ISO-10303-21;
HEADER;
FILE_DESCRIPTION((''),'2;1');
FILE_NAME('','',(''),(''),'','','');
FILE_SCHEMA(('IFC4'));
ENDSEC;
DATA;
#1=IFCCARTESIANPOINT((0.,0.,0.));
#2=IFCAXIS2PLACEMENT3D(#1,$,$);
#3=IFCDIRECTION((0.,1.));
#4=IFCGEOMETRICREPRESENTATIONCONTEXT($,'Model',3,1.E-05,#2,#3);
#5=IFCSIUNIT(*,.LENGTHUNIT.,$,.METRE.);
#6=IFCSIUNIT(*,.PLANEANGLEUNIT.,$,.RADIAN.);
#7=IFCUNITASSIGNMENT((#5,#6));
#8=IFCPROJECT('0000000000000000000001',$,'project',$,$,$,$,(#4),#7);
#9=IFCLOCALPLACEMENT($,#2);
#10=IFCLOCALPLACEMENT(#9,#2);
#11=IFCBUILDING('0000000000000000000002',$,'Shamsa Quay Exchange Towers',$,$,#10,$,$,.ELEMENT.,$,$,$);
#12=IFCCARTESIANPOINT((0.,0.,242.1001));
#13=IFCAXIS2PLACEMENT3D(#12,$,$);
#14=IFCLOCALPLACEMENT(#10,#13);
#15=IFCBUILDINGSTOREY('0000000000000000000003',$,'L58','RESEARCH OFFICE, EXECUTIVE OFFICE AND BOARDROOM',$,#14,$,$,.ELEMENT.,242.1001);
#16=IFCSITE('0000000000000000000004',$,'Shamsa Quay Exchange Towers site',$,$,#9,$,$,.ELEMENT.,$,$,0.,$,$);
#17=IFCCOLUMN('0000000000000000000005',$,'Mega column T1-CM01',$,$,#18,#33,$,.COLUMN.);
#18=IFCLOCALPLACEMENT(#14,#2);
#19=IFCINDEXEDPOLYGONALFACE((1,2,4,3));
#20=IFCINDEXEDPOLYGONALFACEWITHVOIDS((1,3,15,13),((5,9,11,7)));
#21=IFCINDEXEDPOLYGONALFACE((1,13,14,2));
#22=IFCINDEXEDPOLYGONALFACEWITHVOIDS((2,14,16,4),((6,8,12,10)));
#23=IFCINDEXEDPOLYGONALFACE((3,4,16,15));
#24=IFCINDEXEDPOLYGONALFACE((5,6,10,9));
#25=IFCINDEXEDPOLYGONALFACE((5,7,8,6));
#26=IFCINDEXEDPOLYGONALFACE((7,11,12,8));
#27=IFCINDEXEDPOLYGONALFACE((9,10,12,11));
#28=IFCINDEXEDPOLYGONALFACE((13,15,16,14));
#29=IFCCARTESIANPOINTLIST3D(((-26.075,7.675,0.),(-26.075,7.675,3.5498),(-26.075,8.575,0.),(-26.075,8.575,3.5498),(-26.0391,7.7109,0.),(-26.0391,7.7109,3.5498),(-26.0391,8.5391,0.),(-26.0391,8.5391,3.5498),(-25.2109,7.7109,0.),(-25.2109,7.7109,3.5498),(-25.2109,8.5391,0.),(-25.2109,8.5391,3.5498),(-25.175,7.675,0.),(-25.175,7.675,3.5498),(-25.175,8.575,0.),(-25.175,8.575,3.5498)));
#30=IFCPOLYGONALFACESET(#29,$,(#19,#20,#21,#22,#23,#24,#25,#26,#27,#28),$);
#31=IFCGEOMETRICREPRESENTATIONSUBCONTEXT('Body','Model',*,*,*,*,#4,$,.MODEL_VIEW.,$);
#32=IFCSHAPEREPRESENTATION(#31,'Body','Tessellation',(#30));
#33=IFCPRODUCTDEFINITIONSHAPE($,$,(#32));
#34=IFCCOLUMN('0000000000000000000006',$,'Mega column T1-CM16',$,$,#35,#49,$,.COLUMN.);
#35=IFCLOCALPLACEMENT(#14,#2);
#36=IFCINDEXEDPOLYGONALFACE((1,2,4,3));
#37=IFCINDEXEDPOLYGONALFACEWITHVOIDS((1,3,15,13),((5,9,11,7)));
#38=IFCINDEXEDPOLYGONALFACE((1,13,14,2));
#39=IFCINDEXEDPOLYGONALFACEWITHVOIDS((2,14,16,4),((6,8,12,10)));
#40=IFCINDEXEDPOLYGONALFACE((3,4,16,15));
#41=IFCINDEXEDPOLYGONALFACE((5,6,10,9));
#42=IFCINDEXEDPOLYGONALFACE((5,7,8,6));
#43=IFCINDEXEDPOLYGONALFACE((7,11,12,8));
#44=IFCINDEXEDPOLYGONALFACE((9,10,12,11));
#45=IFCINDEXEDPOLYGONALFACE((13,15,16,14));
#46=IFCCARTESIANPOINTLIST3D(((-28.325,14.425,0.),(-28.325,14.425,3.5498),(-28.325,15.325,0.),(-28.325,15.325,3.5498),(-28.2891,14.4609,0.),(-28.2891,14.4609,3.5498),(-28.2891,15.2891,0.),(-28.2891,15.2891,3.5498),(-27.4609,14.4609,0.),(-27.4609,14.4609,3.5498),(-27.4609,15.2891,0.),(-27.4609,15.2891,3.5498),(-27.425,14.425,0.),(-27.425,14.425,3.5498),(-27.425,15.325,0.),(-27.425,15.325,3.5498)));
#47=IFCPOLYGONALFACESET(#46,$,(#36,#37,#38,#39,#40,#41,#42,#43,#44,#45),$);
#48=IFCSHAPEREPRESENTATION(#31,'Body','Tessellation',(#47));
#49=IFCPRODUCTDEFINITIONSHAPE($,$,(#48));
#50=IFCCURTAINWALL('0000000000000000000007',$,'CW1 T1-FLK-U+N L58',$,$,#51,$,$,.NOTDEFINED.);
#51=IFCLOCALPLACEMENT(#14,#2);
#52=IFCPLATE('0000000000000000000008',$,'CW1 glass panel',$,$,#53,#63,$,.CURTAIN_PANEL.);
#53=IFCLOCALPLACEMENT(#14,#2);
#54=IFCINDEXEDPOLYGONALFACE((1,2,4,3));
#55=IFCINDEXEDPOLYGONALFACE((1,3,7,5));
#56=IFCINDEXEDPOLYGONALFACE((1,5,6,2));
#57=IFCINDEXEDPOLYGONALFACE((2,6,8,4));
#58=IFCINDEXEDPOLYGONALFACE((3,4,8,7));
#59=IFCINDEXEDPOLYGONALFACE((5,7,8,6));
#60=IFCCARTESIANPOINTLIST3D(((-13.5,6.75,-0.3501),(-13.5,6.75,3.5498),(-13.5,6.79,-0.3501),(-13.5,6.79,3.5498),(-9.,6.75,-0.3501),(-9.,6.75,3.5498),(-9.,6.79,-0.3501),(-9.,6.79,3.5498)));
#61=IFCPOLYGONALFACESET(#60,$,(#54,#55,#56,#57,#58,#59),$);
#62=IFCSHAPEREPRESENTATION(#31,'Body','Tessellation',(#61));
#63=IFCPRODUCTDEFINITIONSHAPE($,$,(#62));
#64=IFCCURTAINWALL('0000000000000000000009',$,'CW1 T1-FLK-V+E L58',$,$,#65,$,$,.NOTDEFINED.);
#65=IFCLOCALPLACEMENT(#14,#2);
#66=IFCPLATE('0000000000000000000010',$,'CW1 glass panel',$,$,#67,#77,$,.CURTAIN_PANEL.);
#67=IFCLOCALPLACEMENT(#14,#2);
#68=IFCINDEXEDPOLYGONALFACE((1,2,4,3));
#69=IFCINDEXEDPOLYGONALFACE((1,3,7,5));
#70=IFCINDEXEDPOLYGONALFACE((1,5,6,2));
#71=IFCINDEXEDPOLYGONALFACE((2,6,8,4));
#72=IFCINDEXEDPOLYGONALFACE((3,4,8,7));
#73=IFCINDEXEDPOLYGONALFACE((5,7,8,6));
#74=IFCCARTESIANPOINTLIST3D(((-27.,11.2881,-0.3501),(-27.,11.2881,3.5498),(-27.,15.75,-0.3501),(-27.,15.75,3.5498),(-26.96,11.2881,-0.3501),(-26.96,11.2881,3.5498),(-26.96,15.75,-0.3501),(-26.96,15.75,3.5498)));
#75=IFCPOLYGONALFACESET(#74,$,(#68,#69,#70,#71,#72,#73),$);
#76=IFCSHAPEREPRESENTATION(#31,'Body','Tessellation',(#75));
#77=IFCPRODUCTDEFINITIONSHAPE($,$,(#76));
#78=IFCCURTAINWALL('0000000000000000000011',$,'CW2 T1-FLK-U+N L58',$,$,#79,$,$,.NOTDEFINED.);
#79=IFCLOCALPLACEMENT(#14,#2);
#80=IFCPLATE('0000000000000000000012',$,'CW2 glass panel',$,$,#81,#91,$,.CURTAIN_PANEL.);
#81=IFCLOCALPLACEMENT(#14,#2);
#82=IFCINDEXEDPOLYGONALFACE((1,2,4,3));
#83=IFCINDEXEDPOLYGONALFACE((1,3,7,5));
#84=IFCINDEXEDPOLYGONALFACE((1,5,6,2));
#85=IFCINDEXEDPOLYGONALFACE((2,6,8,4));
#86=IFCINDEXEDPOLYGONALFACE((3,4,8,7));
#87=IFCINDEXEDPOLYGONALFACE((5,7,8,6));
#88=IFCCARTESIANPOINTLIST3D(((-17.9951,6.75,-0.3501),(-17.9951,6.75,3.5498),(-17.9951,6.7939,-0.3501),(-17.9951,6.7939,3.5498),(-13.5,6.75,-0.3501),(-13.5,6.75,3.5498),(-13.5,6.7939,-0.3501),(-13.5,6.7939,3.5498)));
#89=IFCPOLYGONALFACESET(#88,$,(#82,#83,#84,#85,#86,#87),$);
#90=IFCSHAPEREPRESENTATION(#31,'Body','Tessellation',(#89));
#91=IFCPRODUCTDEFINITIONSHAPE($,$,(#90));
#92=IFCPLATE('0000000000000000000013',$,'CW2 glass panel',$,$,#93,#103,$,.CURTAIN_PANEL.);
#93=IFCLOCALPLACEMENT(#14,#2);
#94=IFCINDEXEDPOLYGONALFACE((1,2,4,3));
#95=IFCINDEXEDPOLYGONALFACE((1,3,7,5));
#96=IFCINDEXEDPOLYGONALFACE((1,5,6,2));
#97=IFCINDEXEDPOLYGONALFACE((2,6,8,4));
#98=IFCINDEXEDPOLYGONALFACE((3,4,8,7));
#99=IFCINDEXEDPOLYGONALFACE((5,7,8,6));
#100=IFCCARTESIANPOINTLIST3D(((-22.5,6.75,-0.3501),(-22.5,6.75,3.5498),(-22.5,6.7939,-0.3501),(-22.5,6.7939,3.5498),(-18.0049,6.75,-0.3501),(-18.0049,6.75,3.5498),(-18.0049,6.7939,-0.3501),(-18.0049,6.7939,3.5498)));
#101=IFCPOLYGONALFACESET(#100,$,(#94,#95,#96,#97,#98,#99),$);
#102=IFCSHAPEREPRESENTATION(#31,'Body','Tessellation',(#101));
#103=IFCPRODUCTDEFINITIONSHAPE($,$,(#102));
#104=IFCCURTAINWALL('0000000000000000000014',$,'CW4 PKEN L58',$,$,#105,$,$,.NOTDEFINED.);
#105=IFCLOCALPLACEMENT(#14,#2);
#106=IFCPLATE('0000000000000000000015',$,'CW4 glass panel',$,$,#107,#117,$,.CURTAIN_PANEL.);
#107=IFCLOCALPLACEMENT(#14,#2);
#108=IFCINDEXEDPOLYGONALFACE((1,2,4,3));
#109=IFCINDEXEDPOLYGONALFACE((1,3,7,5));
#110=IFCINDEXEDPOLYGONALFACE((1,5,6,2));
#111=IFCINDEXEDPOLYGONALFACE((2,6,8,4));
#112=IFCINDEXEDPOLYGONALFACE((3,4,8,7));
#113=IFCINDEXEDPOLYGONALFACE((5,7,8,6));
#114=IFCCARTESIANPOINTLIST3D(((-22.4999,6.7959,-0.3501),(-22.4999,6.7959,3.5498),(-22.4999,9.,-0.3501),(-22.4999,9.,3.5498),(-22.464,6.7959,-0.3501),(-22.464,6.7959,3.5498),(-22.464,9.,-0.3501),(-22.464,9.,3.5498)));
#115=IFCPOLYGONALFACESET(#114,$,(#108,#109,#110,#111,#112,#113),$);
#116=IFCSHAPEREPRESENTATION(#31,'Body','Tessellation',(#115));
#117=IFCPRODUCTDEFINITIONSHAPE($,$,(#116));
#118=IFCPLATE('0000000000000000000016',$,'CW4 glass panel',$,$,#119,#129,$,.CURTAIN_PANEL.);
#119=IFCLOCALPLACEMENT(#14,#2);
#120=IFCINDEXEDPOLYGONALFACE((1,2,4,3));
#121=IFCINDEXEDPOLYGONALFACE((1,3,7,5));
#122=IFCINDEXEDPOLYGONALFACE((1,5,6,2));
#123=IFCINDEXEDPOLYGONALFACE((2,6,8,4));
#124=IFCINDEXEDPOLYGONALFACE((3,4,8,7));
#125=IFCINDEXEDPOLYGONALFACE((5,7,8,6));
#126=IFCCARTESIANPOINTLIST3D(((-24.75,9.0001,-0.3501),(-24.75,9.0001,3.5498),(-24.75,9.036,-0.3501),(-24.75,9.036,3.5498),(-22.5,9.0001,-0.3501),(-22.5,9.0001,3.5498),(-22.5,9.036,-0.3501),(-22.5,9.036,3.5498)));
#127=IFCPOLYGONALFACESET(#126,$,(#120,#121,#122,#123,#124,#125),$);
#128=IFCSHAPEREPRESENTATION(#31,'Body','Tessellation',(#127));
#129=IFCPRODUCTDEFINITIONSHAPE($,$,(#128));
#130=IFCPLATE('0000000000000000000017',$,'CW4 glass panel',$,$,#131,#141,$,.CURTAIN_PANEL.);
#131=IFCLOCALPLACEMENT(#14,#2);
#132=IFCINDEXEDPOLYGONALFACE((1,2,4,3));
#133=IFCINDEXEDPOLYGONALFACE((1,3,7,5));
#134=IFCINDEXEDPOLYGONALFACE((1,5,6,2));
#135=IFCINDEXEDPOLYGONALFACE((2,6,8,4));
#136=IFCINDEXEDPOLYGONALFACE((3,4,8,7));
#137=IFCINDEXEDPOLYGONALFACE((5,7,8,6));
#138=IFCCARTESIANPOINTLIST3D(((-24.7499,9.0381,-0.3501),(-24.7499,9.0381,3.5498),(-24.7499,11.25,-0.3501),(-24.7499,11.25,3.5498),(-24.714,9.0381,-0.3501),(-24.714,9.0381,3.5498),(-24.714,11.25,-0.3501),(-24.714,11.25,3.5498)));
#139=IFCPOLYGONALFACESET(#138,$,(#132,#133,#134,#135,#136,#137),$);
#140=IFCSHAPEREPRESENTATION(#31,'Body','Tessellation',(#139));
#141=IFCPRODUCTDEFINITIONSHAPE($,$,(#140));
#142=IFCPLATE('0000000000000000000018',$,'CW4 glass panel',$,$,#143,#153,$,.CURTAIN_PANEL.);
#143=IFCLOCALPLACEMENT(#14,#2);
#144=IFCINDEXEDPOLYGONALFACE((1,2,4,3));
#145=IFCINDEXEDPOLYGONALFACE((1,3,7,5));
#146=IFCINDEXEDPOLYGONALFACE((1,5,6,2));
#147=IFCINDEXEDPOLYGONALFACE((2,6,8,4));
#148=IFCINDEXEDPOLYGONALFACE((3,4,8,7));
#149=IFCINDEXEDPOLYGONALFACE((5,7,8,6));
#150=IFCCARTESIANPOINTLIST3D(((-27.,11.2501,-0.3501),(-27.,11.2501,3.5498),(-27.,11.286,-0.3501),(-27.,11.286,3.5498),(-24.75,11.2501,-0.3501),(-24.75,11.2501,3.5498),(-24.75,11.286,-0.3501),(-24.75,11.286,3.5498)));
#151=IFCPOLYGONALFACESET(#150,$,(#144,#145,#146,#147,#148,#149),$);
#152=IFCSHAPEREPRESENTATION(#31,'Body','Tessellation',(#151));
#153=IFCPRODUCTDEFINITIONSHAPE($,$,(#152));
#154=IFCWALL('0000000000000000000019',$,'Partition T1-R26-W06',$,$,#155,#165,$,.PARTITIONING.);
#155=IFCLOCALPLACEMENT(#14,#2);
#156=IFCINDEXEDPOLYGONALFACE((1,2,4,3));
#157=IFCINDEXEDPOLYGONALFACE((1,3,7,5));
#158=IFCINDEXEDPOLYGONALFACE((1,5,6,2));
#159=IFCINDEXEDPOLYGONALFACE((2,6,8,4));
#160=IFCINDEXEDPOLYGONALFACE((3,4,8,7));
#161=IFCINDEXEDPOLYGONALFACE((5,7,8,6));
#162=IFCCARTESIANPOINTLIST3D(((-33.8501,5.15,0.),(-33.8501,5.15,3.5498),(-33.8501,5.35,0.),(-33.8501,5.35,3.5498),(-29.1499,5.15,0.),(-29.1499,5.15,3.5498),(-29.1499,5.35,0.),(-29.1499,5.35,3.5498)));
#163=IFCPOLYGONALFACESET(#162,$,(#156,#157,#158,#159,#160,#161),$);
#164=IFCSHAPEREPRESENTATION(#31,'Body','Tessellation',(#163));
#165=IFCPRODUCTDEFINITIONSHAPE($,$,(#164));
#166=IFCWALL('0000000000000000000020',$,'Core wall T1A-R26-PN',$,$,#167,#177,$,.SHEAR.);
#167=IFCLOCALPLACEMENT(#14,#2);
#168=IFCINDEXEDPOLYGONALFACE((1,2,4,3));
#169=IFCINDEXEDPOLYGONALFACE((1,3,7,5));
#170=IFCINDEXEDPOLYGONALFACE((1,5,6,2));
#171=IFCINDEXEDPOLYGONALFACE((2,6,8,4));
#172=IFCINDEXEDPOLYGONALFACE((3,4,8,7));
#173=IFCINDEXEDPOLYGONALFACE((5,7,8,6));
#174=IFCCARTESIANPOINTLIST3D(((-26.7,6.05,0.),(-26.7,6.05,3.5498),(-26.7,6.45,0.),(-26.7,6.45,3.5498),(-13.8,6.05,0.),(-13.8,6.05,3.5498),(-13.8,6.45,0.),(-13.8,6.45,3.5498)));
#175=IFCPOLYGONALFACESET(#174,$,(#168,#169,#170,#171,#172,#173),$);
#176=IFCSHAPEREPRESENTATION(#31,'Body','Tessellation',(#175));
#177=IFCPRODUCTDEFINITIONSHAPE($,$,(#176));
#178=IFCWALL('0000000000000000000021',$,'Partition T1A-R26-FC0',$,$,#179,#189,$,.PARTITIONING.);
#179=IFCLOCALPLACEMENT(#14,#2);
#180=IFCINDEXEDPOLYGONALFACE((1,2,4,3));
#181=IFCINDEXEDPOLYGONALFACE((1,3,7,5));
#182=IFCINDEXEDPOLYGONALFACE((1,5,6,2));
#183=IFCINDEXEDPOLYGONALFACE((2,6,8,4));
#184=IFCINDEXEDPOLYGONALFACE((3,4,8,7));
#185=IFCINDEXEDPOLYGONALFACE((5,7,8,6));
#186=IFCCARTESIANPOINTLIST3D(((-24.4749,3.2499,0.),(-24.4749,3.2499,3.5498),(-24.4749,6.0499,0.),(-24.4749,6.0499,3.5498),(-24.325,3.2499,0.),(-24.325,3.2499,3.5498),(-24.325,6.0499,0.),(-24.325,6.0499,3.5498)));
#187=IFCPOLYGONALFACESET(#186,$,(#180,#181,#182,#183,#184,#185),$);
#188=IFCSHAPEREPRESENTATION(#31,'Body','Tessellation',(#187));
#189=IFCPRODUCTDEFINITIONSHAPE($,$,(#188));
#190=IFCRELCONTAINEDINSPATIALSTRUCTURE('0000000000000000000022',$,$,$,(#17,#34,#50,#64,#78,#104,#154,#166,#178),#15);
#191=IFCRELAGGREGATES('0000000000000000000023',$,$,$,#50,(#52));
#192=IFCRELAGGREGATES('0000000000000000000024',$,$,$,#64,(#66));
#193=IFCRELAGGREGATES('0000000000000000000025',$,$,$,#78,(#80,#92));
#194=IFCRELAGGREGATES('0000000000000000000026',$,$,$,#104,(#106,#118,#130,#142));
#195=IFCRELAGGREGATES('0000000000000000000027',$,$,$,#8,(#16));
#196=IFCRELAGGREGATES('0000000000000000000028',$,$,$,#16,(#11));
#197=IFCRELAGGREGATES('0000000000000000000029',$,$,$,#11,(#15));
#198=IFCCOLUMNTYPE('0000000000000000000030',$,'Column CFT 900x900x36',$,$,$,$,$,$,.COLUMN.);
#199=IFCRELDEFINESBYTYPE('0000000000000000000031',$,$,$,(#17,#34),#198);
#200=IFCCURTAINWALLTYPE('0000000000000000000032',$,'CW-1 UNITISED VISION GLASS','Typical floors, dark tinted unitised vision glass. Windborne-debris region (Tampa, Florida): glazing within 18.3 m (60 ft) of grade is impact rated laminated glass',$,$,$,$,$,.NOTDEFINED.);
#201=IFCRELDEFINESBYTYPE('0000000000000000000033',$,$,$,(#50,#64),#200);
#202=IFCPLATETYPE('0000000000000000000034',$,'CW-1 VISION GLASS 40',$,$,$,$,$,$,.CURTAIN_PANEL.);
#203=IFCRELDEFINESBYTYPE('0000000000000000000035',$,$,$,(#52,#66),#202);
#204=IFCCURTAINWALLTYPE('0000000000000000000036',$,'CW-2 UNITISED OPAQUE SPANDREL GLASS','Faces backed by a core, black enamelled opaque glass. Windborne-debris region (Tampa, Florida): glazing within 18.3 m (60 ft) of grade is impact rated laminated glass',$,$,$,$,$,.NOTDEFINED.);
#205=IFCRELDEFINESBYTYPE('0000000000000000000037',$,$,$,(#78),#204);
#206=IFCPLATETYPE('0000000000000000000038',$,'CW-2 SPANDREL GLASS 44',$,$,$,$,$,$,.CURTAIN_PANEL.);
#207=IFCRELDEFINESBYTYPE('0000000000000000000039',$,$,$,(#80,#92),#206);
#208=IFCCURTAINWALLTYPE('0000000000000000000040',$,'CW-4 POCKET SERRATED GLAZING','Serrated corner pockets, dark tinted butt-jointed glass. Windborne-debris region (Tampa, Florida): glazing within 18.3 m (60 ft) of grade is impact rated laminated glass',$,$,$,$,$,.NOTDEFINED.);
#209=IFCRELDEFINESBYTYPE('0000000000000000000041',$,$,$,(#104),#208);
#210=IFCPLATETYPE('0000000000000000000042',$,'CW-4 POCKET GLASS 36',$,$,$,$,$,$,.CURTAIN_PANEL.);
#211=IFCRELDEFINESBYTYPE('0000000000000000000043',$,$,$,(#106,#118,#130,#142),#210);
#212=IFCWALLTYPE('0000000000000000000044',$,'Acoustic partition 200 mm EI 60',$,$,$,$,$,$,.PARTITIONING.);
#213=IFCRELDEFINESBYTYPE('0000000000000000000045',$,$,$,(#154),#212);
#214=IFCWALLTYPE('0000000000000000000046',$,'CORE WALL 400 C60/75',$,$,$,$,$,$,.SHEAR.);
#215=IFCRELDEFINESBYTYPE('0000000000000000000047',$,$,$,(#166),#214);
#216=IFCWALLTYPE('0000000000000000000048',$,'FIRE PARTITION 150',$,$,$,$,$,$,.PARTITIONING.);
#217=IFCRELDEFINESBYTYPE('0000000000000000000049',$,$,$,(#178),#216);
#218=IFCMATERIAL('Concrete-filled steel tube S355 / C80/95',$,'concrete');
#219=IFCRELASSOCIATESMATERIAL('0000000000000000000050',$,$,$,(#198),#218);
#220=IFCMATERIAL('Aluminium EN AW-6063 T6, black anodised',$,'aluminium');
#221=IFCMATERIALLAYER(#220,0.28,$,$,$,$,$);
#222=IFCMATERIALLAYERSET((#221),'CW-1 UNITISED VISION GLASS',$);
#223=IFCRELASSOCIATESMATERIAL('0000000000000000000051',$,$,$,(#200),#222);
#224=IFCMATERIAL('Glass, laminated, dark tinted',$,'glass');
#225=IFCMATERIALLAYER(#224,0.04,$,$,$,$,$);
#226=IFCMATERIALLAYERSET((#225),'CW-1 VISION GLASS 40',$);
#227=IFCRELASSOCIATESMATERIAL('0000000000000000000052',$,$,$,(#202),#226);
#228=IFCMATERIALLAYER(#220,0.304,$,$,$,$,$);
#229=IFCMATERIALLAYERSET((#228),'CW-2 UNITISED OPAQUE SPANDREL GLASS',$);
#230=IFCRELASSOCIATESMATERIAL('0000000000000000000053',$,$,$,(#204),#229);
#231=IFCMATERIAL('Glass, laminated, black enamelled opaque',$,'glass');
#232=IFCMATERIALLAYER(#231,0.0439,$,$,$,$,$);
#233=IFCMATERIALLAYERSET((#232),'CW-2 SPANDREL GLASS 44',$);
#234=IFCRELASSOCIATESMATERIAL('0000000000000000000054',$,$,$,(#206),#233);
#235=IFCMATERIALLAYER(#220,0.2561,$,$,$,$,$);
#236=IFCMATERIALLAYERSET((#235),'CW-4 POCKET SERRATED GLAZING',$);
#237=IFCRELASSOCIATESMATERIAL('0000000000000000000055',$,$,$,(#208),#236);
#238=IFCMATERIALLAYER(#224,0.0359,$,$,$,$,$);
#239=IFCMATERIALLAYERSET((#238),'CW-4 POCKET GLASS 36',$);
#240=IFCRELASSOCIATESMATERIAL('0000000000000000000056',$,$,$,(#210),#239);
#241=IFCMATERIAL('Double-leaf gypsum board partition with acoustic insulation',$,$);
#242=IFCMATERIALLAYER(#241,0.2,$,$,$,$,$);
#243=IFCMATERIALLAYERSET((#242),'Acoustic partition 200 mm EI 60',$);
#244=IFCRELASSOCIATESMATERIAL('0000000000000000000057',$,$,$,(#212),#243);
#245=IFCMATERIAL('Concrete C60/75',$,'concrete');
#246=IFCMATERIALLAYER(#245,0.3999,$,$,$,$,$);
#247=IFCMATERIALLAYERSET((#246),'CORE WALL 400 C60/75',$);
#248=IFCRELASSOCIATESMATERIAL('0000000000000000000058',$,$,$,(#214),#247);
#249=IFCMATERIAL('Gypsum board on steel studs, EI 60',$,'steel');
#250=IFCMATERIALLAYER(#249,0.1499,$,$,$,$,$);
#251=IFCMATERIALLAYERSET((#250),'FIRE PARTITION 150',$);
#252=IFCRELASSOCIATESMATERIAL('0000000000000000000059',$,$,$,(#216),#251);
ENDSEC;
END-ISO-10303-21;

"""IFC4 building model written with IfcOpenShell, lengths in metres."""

from ifc_helpers import new_model, si_unit, direction, frame, frame_2d, origin, origin_2d, place, context, subcontext, project, spatial, rectangle, hollow_rectangle, extrude, material, layer, layer_set, material_profile, profile_set, type_object, element, aggregate, save


model = new_model("IFC4")

# Units and contexts
model_context = context("Model", 3, precision=1e-05, world=origin(), true_north=direction((0.0, 1.0)))
body_context = subcontext(model_context, "Body", "Model", "MODEL_VIEW")
ifc_project = project(units=[si_unit("LENGTHUNIT", "METRE"), si_unit("PLANEANGLEUNIT", "RADIAN")], contexts=[model_context])

# Site, building, storey
site_placement = place(None, origin())
site = spatial("IfcSite", under=ifc_project, at=site_placement, Name="Shamsa Quay Exchange Towers site", CompositionType="ELEMENT", RefElevation=0.0)
building_placement = place(site_placement, origin())
building = spatial("IfcBuilding", under=site, at=building_placement, Name="Shamsa Quay Exchange Towers", CompositionType="ELEMENT")
storey_placement = place(building_placement, frame((0.0, 0.0, 242.1001)))
storey = spatial("IfcBuildingStorey", under=building, at=storey_placement, Name="L58", Description="RESEARCH OFFICE, EXECUTIVE OFFICE AND BOARDROOM", CompositionType="ELEMENT", Elevation=242.1001)

# Columns
ifc_material_1 = material(Name="Concrete-filled steel tube S355 / C80/95", Category="concrete")
ifc_material_profile = material_profile(ifc_material_1, hollow_rectangle(XDim=0.8999, YDim=0.8999, WallThickness=0.0359, at=origin_2d()), Name="CFT 900x900x36")
ifc_profile_set = profile_set([ifc_material_profile], Name="Concrete-filled steel tube S355 / C80/95")
column_type = type_object("IfcColumnType", Name="Column CFT 900x900x36", PredefinedType="COLUMN", material=ifc_profile_set)
for number, where, name in (
    (1, (-25.625, 8.125, 0.0), "Mega column T1-CM01"),
    (2, (-27.875, 14.875, 0.0), "Mega column T1-CM16"),
):
    element("IfcColumn", number, at=place(storey_placement, frame(where)), inside=storey, type_object=column_type, Name=name, PredefinedType="COLUMN", context=body_context, shape_type="SweptSolid", body=[
        extrude(hollow_rectangle(XDim=0.8999, YDim=0.8999, WallThickness=0.0359, at=origin_2d()), origin(), (0.0, 0.0, 1.0), 3.5498),
    ])

# Curtain walls, plates
ifc_material_2 = material(Name="Aluminium EN AW-6063 T6, black anodised", Category="aluminium")
ifc_layer_1 = layer(ifc_material_2, 0.28)
ifc_layer_set_1 = layer_set([ifc_layer_1], Name="CW-1 UNITISED VISION GLASS")
curtain_wall_type_1 = type_object("IfcCurtainWallType", Name="CW-1 UNITISED VISION GLASS", Description="Typical floors, dark tinted unitised vision glass. Windborne-debris region (Tampa, Florida): glazing within 18.3 m (60 ft) of grade is impact rated laminated glass", PredefinedType="NOTDEFINED", material=ifc_layer_set_1)
curtain_wall_1_placement = place(storey_placement, origin())
curtain_wall_1 = element("IfcCurtainWall", 3, at=curtain_wall_1_placement, inside=storey, type_object=curtain_wall_type_1, Name="CW1 T1-FLK-U+N L58", PredefinedType="NOTDEFINED")
ifc_material_3 = material(Name="Glass, laminated, dark tinted", Category="glass")
ifc_layer_2 = layer(ifc_material_3, 0.04)
ifc_layer_set_2 = layer_set([ifc_layer_2], Name="CW-1 VISION GLASS 40")
plate_type_1 = type_object("IfcPlateType", Name="CW-1 VISION GLASS 40", PredefinedType="CURTAIN_PANEL", material=ifc_layer_set_2)
plate_1_placement = place(storey_placement, frame((-11.25, 6.77, -0.3501), z_axis=(0.0, 0.0, 1.0), x_axis=(-1.0, 0.0, 0.0)))
plate_1 = element("IfcPlate", 4, at=plate_1_placement, type_object=plate_type_1, Name="CW1 glass panel", PredefinedType="CURTAIN_PANEL", context=body_context, shape_type="SweptSolid", body=[
    extrude(rectangle(XDim=4.5, YDim=0.04, at=origin_2d()), origin(), (0.0, 0.0, 1.0), 3.8999),
])
aggregate(curtain_wall_1, [plate_1])
curtain_wall_2_placement = place(storey_placement, origin())
curtain_wall_2 = element("IfcCurtainWall", 5, at=curtain_wall_2_placement, inside=storey, type_object=curtain_wall_type_1, Name="CW1 T1-FLK-V+E L58", PredefinedType="NOTDEFINED")
plate_2_placement = place(storey_placement, frame((-26.98, 13.519, -0.3501), z_axis=(0.0, 0.0, 1.0), x_axis=(0.0, 1.0, 0.0)))
plate_2 = element("IfcPlate", 6, at=plate_2_placement, type_object=plate_type_1, Name="CW1 glass panel", PredefinedType="CURTAIN_PANEL", context=body_context, shape_type="SweptSolid", body=[
    extrude(rectangle(XDim=4.4619, YDim=0.04, at=origin_2d()), origin(), (0.0, 0.0, 1.0), 3.8999),
])
aggregate(curtain_wall_2, [plate_2])

# Curtain walls, plates
ifc_layer_3 = layer(ifc_material_2, 0.304)
ifc_layer_set_3 = layer_set([ifc_layer_3], Name="CW-2 UNITISED OPAQUE SPANDREL GLASS")
curtain_wall_type_2 = type_object("IfcCurtainWallType", Name="CW-2 UNITISED OPAQUE SPANDREL GLASS", Description="Faces backed by a core, black enamelled opaque glass. Windborne-debris region (Tampa, Florida): glazing within 18.3 m (60 ft) of grade is impact rated laminated glass", PredefinedType="NOTDEFINED", material=ifc_layer_set_3)
curtain_wall_3_placement = place(storey_placement, origin())
curtain_wall_3 = element("IfcCurtainWall", 7, at=curtain_wall_3_placement, inside=storey, type_object=curtain_wall_type_2, Name="CW2 T1-FLK-U+N L58", PredefinedType="NOTDEFINED")
ifc_material_4 = material(Name="Glass, laminated, black enamelled opaque", Category="glass")
ifc_layer_4 = layer(ifc_material_4, 0.0439)
ifc_layer_set_4 = layer_set([ifc_layer_4], Name="CW-2 SPANDREL GLASS 44")
plate_type_2 = type_object("IfcPlateType", Name="CW-2 SPANDREL GLASS 44", PredefinedType="CURTAIN_PANEL", material=ifc_layer_set_4)
plate_3_placement = place(storey_placement, frame((-15.7476, 6.772, -0.3501), z_axis=(0.0, 0.0, 1.0), x_axis=(-1.0, 0.0, 0.0)))
plate_3 = element("IfcPlate", 8, at=plate_3_placement, type_object=plate_type_2, Name="CW2 glass panel", PredefinedType="CURTAIN_PANEL", context=body_context, shape_type="SweptSolid", body=[
    extrude(rectangle(XDim=4.4951, YDim=0.0439, at=origin_2d()), origin(), (0.0, 0.0, 1.0), 3.8999),
])
plate_4_placement = place(storey_placement, frame((-20.2524, 6.772, -0.3501), z_axis=(0.0, 0.0, 1.0), x_axis=(-1.0, 0.0, 0.0)))
plate_4 = element("IfcPlate", 9, at=plate_4_placement, type_object=plate_type_2, Name="CW2 glass panel", PredefinedType="CURTAIN_PANEL", context=body_context, shape_type="SweptSolid", body=[
    extrude(rectangle(XDim=4.4951, YDim=0.0439, at=origin_2d()), origin(), (0.0, 0.0, 1.0), 3.8999),
])
aggregate(curtain_wall_3, [plate_3, plate_4])
ifc_layer_5 = layer(ifc_material_2, 0.2561)
ifc_layer_set_5 = layer_set([ifc_layer_5], Name="CW-4 POCKET SERRATED GLAZING")
curtain_wall_type_3 = type_object("IfcCurtainWallType", Name="CW-4 POCKET SERRATED GLAZING", Description="Serrated corner pockets, dark tinted butt-jointed glass. Windborne-debris region (Tampa, Florida): glazing within 18.3 m (60 ft) of grade is impact rated laminated glass", PredefinedType="NOTDEFINED", material=ifc_layer_set_5)
curtain_wall_4_placement = place(storey_placement, origin())
curtain_wall_4 = element("IfcCurtainWall", 10, at=curtain_wall_4_placement, inside=storey, type_object=curtain_wall_type_3, Name="CW4 PKEN L58", PredefinedType="NOTDEFINED")
ifc_layer_6 = layer(ifc_material_3, 0.0359)
ifc_layer_set_6 = layer_set([ifc_layer_6], Name="CW-4 POCKET GLASS 36")
plate_type_3 = type_object("IfcPlateType", Name="CW-4 POCKET GLASS 36", PredefinedType="CURTAIN_PANEL", material=ifc_layer_set_6)
plate_5_placement = place(storey_placement, frame((-22.4819, 7.8979, -0.3501), z_axis=(0.0, 0.0, 1.0), x_axis=(0.0, 1.0, 0.0)))
plate_5 = element("IfcPlate", 11, at=plate_5_placement, type_object=plate_type_3, Name="CW4 glass panel", PredefinedType="CURTAIN_PANEL", context=body_context, shape_type="SweptSolid", body=[
    extrude(rectangle(XDim=2.2041, YDim=0.0359, at=origin_2d()), origin(), (0.0, 0.0, 1.0), 3.8999),
])
plate_6_placement = place(storey_placement, frame((-23.625, 9.0181, -0.3501), z_axis=(0.0, 0.0, 1.0), x_axis=(-1.0, 0.0, 0.0)))
plate_6 = element("IfcPlate", 12, at=plate_6_placement, type_object=plate_type_3, Name="CW4 glass panel", PredefinedType="CURTAIN_PANEL", context=body_context, shape_type="SweptSolid", body=[
    extrude(rectangle(XDim=2.25, YDim=0.0359, at=origin_2d()), origin(), (0.0, 0.0, 1.0), 3.8999),
])
plate_7_placement = place(storey_placement, frame((-24.7319, 10.144, -0.3501), z_axis=(0.0, 0.0, 1.0), x_axis=(0.0, 1.0, 0.0)))
plate_7 = element("IfcPlate", 13, at=plate_7_placement, type_object=plate_type_3, Name="CW4 glass panel", PredefinedType="CURTAIN_PANEL", context=body_context, shape_type="SweptSolid", body=[
    extrude(rectangle(XDim=2.2119, YDim=0.0359, at=origin_2d()), origin(), (0.0, 0.0, 1.0), 3.8999),
])
plate_8_placement = place(storey_placement, frame((-25.875, 11.2681, -0.3501), z_axis=(0.0, 0.0, 1.0), x_axis=(-1.0, 0.0, 0.0)))
plate_8 = element("IfcPlate", 14, at=plate_8_placement, type_object=plate_type_3, Name="CW4 glass panel", PredefinedType="CURTAIN_PANEL", context=body_context, shape_type="SweptSolid", body=[
    extrude(rectangle(XDim=2.25, YDim=0.0359, at=origin_2d()), origin(), (0.0, 0.0, 1.0), 3.8999),
])
aggregate(curtain_wall_4, [plate_5, plate_6, plate_7, plate_8])

# Walls
ifc_material_5 = material(Name="Double-leaf gypsum board partition with acoustic insulation")
ifc_layer_7 = layer(ifc_material_5, 0.2)
ifc_layer_set_7 = layer_set([ifc_layer_7], Name="Acoustic partition 200 mm EI 60")
wall_type_1 = type_object("IfcWallType", Name="Acoustic partition 200 mm EI 60", PredefinedType="PARTITIONING", material=ifc_layer_set_7)
wall_1_placement = place(storey_placement, frame((-29.1499, 5.25, 0.0), z_axis=(0.0, 0.0, 1.0), x_axis=(-1.0, 0.0, 0.0)))
element("IfcWall", 15, at=wall_1_placement, inside=storey, type_object=wall_type_1, Name="Partition T1-R26-W06", PredefinedType="PARTITIONING", context=body_context, shape_type="SweptSolid", body=[
    extrude(rectangle(XDim=4.7002, YDim=0.2, at=frame_2d((2.3501, 0.0))), origin(), (0.0, 0.0, 1.0), 3.5498),
])
ifc_material_6 = material(Name="Concrete C60/75", Category="concrete")
ifc_layer_8 = layer(ifc_material_6, 0.3999)
ifc_layer_set_8 = layer_set([ifc_layer_8], Name="CORE WALL 400 C60/75")
wall_type_2 = type_object("IfcWallType", Name="CORE WALL 400 C60/75", PredefinedType="SHEAR", material=ifc_layer_set_8)
wall_2_placement = place(storey_placement, frame((-26.7, 6.25, 0.0)))
element("IfcWall", 16, at=wall_2_placement, inside=storey, type_object=wall_type_2, Name="Core wall T1A-R26-PN", PredefinedType="SHEAR", context=body_context, shape_type="SweptSolid", body=[
    extrude(rectangle(XDim=12.8999, YDim=0.3999, at=frame_2d((6.45, 0.0))), origin(), (0.0, 0.0, 1.0), 3.5498),
])

# Wall
ifc_material_7 = material(Name="Gypsum board on steel studs, EI 60", Category="steel")
ifc_layer_9 = layer(ifc_material_7, 0.1499)
ifc_layer_set_9 = layer_set([ifc_layer_9], Name="FIRE PARTITION 150")
wall_type_3 = type_object("IfcWallType", Name="FIRE PARTITION 150", PredefinedType="PARTITIONING", material=ifc_layer_set_9)
wall_3_placement = place(storey_placement, frame((-24.3999, 3.25, 0.0), z_axis=(0.0, 0.0, 1.0), x_axis=(0.0, 1.0, 0.0)))
element("IfcWall", 17, at=wall_3_placement, inside=storey, type_object=wall_type_3, Name="Partition T1A-R26-FC0", PredefinedType="PARTITIONING", context=body_context, shape_type="SweptSolid", body=[
    extrude(rectangle(XDim=2.8, YDim=0.1499, at=frame_2d((1.3999, 0.0))), origin(), (0.0, 0.0, 1.0), 3.5498),
])

save(model, "model.ifc")
